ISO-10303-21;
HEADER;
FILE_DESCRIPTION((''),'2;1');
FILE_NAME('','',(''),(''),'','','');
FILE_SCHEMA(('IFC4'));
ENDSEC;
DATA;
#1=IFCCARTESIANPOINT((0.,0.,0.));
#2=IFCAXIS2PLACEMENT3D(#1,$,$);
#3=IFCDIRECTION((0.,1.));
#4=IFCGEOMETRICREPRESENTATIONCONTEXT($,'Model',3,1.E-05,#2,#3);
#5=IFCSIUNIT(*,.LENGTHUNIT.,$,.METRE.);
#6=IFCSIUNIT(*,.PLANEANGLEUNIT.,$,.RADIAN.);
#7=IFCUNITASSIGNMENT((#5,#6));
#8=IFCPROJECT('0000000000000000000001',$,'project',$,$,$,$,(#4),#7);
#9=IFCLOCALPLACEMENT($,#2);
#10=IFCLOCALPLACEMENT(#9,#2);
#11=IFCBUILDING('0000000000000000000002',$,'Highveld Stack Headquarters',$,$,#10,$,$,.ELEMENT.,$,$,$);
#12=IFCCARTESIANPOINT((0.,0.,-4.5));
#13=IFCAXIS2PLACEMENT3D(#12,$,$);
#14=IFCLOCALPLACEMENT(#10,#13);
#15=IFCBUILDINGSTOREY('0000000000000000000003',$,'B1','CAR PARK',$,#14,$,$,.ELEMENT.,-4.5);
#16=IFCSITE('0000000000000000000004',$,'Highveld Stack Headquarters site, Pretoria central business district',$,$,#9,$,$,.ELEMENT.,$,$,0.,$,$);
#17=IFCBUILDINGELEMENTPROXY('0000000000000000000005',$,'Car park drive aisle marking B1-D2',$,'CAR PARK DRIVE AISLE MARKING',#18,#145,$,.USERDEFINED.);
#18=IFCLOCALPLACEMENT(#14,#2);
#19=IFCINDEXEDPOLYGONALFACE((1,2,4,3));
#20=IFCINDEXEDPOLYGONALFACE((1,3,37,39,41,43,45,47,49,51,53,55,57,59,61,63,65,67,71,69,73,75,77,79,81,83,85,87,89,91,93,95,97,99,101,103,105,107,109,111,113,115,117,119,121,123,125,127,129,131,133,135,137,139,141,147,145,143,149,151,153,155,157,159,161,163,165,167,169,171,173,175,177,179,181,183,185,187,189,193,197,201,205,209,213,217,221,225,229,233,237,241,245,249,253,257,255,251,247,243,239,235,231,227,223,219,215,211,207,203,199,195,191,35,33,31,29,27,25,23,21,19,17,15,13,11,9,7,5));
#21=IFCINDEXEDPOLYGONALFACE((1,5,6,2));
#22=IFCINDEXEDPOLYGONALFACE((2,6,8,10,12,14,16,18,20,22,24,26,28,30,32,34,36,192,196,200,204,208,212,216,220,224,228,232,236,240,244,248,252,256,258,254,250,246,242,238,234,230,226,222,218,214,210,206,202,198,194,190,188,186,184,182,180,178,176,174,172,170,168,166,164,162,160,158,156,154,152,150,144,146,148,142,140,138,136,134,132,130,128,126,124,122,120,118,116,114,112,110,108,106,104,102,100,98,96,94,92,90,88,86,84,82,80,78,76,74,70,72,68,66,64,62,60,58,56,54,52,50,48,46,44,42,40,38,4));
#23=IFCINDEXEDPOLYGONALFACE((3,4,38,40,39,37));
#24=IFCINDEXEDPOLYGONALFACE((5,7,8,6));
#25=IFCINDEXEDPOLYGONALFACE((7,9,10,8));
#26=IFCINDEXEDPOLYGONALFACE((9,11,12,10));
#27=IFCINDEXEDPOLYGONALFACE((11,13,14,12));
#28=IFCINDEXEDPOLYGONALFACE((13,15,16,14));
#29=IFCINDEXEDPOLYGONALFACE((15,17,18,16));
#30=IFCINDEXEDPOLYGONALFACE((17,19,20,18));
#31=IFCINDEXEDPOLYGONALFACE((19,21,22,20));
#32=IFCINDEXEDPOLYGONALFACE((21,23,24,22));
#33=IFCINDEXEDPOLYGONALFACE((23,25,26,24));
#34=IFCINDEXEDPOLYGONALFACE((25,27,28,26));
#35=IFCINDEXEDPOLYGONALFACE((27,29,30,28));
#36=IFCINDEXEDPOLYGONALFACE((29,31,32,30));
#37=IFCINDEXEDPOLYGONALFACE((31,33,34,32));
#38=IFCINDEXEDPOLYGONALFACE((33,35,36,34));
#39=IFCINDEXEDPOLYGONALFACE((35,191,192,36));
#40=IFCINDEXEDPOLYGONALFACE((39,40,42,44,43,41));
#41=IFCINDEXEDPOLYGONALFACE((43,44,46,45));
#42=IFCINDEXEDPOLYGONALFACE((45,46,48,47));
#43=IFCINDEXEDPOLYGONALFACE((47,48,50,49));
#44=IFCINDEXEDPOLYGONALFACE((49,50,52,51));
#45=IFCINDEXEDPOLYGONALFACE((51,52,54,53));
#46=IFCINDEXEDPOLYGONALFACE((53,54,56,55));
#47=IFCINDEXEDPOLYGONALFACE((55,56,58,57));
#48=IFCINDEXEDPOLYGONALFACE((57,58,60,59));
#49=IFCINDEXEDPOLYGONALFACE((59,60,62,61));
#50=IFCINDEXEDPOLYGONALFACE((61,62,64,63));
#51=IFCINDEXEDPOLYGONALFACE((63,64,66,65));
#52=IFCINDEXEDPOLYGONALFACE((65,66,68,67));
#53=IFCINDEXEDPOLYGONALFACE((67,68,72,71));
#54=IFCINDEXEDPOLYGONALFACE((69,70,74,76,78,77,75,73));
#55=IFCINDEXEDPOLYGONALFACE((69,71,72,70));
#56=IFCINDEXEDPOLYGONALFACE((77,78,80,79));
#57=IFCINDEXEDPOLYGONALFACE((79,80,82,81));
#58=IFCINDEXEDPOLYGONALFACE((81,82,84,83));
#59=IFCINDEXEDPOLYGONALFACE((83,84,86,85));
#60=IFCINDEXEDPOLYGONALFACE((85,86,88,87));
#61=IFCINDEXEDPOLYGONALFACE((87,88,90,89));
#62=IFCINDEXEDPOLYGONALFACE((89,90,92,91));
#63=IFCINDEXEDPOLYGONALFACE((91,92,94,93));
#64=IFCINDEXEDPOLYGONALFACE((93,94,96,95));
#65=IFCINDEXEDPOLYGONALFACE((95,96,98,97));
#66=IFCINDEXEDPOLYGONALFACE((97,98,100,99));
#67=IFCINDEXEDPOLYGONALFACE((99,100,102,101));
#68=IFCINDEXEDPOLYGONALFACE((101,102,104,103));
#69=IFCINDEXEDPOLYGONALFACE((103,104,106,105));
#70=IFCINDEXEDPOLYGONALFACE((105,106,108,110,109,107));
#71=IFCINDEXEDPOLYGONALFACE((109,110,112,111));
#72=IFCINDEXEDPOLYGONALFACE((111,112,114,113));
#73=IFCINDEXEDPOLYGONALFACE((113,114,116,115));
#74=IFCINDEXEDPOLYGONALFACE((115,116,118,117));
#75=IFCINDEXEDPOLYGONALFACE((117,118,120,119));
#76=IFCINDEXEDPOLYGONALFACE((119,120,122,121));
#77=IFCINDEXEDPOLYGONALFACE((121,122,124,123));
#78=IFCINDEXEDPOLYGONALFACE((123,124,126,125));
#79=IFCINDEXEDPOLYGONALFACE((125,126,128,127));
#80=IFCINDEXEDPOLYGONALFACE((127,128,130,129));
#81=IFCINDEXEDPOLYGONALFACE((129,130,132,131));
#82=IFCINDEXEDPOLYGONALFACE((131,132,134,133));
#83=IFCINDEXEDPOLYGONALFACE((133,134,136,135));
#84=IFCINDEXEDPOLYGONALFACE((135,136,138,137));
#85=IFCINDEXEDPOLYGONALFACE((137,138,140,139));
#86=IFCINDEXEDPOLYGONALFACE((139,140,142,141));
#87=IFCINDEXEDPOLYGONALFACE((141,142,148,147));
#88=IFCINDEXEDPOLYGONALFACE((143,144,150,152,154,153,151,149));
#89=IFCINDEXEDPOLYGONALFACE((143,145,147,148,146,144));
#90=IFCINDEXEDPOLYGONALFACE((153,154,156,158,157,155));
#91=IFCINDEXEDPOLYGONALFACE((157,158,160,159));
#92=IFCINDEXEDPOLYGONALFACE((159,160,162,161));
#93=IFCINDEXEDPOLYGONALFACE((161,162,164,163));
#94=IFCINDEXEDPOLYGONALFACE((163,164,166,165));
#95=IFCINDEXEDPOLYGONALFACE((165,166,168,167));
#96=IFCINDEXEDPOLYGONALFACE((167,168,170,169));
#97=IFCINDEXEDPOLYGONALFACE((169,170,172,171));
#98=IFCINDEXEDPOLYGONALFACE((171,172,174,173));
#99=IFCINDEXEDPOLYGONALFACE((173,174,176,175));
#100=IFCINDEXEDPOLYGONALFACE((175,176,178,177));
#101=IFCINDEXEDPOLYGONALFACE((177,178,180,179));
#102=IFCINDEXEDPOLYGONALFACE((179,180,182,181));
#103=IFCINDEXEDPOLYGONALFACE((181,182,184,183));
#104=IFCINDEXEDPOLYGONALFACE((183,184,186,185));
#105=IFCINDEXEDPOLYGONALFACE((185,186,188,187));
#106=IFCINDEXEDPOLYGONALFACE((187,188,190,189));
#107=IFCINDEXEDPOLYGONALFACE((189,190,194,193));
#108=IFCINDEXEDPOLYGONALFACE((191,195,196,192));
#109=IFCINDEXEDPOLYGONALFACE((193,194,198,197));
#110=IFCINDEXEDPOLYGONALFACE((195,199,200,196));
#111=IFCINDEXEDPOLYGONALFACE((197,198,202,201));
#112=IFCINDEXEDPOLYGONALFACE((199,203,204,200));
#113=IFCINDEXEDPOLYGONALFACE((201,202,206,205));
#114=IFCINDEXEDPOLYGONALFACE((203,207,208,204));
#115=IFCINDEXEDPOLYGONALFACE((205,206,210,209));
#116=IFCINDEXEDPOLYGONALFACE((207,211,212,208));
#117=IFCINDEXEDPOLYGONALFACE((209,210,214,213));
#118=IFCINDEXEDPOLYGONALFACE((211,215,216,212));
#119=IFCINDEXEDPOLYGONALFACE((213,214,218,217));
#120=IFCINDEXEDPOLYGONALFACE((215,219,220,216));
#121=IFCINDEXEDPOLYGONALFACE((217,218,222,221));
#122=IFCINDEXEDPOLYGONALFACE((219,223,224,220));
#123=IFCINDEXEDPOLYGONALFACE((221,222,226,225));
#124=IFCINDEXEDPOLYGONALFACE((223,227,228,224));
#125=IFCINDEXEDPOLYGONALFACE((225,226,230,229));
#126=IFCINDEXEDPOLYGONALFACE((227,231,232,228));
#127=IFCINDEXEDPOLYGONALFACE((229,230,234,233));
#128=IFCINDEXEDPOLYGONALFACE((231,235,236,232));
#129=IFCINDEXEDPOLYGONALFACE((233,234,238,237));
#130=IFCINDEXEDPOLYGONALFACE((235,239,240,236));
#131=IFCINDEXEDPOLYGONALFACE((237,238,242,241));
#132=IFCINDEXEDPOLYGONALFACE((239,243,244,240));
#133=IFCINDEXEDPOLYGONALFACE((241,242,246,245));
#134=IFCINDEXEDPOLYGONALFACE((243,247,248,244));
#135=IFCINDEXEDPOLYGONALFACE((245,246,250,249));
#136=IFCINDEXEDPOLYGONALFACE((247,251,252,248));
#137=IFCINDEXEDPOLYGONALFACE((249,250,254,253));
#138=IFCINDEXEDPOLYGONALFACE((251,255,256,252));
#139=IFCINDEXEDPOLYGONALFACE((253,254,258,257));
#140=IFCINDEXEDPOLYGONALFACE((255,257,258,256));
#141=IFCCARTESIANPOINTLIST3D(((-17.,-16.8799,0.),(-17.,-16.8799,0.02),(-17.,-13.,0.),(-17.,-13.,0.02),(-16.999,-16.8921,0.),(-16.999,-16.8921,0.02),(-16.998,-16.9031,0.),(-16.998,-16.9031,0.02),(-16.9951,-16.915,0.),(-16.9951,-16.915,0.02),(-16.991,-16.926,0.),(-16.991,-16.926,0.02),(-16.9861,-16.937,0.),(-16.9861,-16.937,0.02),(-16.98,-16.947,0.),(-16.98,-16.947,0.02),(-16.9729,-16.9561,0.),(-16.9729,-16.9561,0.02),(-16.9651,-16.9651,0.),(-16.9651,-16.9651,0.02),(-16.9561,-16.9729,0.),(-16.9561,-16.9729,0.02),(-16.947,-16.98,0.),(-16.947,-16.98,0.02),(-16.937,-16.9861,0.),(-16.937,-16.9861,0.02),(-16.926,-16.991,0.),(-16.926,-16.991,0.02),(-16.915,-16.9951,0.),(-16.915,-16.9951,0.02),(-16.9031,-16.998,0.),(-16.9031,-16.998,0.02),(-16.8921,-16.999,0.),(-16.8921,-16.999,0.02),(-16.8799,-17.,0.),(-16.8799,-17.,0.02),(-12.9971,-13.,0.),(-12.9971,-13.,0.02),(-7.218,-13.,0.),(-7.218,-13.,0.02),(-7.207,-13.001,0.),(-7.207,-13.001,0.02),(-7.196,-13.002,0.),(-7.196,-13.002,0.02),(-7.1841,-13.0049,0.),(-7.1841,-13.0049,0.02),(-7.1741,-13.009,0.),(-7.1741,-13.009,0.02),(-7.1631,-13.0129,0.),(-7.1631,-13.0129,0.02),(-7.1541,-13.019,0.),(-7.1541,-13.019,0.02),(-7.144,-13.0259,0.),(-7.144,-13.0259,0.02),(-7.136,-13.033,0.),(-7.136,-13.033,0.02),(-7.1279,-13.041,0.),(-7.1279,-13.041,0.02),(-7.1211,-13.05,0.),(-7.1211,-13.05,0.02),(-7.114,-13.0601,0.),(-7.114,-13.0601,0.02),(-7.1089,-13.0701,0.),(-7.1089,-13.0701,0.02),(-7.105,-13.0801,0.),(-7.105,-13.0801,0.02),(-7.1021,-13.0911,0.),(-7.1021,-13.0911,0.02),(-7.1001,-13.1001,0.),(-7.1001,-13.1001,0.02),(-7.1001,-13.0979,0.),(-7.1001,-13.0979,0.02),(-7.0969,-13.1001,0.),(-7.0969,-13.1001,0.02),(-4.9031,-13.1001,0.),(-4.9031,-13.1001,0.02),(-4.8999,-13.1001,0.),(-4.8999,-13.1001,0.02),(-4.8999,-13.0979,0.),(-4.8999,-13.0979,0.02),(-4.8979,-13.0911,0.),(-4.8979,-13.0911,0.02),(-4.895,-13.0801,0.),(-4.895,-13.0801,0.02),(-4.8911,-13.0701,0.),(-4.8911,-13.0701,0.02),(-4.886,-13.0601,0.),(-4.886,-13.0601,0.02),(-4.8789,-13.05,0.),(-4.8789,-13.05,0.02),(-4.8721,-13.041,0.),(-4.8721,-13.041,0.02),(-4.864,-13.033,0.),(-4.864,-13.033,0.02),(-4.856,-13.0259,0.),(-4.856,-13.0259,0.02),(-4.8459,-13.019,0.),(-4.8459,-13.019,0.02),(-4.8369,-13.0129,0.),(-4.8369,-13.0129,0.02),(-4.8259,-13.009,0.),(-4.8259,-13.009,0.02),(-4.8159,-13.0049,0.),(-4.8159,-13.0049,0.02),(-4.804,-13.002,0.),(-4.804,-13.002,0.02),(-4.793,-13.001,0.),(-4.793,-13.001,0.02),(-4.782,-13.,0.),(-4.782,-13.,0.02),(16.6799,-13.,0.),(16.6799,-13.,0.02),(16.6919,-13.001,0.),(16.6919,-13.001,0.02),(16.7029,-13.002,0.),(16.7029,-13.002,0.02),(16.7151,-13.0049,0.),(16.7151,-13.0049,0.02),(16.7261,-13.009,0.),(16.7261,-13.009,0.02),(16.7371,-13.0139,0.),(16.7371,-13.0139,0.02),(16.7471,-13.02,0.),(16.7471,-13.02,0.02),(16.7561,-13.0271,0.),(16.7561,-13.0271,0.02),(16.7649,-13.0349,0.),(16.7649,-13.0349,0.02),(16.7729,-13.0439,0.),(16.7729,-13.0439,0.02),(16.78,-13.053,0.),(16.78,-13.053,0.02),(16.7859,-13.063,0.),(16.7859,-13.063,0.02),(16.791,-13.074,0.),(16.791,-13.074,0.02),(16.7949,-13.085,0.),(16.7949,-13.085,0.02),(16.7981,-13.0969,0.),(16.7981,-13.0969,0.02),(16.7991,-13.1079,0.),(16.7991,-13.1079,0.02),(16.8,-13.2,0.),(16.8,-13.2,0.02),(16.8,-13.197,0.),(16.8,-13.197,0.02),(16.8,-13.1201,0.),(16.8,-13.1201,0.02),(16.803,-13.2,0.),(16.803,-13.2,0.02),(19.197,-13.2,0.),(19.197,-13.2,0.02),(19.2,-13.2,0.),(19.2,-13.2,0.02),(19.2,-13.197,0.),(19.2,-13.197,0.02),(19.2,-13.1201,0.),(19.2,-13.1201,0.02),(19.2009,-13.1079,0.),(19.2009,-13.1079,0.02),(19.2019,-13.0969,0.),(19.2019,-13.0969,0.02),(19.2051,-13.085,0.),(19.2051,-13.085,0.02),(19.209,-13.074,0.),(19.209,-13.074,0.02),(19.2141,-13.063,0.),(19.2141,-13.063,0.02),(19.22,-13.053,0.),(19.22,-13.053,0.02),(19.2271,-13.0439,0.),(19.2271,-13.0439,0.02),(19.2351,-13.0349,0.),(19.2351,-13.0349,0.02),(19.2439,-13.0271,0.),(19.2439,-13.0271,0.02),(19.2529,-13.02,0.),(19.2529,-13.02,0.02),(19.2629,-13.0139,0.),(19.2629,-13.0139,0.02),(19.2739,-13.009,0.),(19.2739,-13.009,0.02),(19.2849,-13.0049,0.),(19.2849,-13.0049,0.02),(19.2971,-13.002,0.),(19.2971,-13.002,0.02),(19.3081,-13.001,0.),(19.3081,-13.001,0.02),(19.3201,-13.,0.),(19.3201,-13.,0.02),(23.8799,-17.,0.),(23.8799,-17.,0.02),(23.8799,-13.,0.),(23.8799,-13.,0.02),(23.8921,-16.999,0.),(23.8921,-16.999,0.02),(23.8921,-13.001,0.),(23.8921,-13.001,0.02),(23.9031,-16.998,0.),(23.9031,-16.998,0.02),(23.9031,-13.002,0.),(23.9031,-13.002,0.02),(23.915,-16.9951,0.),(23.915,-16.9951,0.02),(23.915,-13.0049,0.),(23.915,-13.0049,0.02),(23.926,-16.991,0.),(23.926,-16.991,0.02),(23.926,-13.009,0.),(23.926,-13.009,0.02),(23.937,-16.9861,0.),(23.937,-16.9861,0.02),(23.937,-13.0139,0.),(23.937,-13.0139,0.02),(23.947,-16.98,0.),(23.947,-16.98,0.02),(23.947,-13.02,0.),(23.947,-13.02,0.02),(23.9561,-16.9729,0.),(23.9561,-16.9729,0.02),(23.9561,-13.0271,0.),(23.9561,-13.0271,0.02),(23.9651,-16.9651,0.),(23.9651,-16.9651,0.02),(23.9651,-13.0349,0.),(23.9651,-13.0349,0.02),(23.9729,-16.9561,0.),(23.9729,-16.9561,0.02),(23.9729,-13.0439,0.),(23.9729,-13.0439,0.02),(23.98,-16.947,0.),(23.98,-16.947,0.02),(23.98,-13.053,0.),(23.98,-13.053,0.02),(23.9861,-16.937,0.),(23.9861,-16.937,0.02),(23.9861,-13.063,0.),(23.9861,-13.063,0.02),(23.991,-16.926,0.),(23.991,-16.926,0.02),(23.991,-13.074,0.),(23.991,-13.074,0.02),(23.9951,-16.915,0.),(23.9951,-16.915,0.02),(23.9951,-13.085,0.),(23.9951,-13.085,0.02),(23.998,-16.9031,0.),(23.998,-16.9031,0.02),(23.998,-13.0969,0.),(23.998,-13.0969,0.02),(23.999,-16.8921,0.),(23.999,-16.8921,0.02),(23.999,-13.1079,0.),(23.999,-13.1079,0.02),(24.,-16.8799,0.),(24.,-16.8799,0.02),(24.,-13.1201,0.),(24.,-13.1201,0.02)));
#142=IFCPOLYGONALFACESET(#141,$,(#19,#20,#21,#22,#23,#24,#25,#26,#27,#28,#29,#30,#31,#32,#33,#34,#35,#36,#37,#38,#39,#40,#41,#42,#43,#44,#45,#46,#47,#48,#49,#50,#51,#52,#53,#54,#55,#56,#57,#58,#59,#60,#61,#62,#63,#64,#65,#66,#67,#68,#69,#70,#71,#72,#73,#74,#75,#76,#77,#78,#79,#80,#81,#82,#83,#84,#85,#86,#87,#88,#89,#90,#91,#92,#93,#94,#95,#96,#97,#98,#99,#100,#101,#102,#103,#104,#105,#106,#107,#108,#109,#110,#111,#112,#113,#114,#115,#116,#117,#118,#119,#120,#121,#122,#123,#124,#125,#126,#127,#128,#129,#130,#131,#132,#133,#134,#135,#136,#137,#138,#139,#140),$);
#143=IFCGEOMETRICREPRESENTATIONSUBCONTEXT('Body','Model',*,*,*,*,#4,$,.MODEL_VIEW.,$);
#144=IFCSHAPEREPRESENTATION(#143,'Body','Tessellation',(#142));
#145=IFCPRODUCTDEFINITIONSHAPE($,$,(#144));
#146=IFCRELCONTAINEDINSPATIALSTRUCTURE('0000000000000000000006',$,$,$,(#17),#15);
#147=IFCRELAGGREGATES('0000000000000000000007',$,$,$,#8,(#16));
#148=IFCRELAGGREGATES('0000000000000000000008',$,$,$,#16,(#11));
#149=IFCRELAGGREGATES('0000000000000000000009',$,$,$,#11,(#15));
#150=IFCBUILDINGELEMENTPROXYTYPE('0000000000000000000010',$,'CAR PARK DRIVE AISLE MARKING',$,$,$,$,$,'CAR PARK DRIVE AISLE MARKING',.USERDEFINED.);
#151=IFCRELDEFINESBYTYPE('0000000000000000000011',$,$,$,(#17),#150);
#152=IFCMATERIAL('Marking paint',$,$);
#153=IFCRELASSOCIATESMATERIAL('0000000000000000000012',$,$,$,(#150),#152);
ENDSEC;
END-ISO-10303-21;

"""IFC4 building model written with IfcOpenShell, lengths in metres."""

from ifc_helpers import new_model, si_unit, direction, frame, origin, place, context, subcontext, project, spatial, polyline, outline, extrude, material, type_object, element, save


model = new_model("IFC4")

# Units and contexts
model_context = context("Model", 3, precision=1e-05, world=origin(), true_north=direction((0.0, 1.0)))
body_context = subcontext(model_context, "Body", "Model", "MODEL_VIEW")
ifc_project = project(units=[si_unit("LENGTHUNIT", "METRE"), si_unit("PLANEANGLEUNIT", "RADIAN")], contexts=[model_context])

# Site, building, storey
site_placement = place(None, origin())
site = spatial("IfcSite", under=ifc_project, at=site_placement, Name="Highveld Stack Headquarters site, Pretoria central business district", CompositionType="ELEMENT", RefElevation=0.0)
building_placement = place(site_placement, origin())
building = spatial("IfcBuilding", under=site, at=building_placement, Name="Highveld Stack Headquarters", CompositionType="ELEMENT")
storey_placement = place(building_placement, frame((0.0, 0.0, -4.5)))
storey = spatial("IfcBuildingStorey", under=building, at=storey_placement, Name="B1", Description="CAR PARK", CompositionType="ELEMENT", Elevation=-4.5)

# Building element proxy
ifc_material_1 = material(Name="Marking paint")
building_element_proxy_type_1 = type_object("IfcBuildingElementProxyType", Name="CAR PARK DRIVE AISLE MARKING", ElementType="CAR PARK DRIVE AISLE MARKING", PredefinedType="USERDEFINED", material=ifc_material_1)
proxy_1_placement = place(storey_placement, origin())
element("IfcBuildingElementProxy", 1, at=proxy_1_placement, inside=storey, type_object=building_element_proxy_type_1, Name="Car park drive aisle marking B1-D2", ObjectType="CAR PARK DRIVE AISLE MARKING", PredefinedType="USERDEFINED", context=body_context, shape_type="SweptSolid", body=[
    extrude(outline(polyline([(-7.218, -13.0), (-7.207, -13.001), (-7.196, -13.002), (-7.1841, -13.0049), (-7.1741, -13.009), (-7.1631, -13.0129), (-7.1541, -13.019), (-7.144, -13.0259), (-7.136, -13.033), (-7.1279, -13.041), (-7.1211, -13.05), (-7.114, -13.0601), (-7.1089, -13.0701), (-7.105, -13.0801), (-7.1021, -13.0911), (-7.1001, -13.0979), (-7.1001, -13.1001), (-7.0969, -13.1001), (-4.9031, -13.1001), (-4.8999, -13.1001), (-4.8999, -13.0979), (-4.8979, -13.0911), (-4.895, -13.0801), (-4.8911, -13.0701), (-4.886, -13.0601), (-4.8789, -13.05), (-4.8721, -13.041), (-4.864, -13.033), (-4.856, -13.0259), (-4.8459, -13.019), (-4.8369, -13.0129), (-4.8259, -13.009), (-4.8159, -13.0049), (-4.804, -13.002), (-4.793, -13.001), (-4.782, -13.0), (16.6799, -13.0), (16.6919, -13.001), (16.7029, -13.002), (16.7151, -13.0049), (16.7261, -13.009), (16.7371, -13.0139), (16.7471, -13.02), (16.7561, -13.0271), (16.7649, -13.0349), (16.7729, -13.0439), (16.78, -13.053), (16.7859, -13.063), (16.791, -13.074), (16.7949, -13.085), (16.7981, -13.0969), (16.7991, -13.1079), (16.8, -13.1201), (16.8, -13.197), (16.8, -13.2), (16.803, -13.2), (19.197, -13.2), (19.2, -13.2), (19.2, -13.197), (19.2, -13.1201), (19.2009, -13.1079), (19.2019, -13.0969), (19.2051, -13.085), (19.209, -13.074), (19.2141, -13.063), (19.22, -13.053), (19.2271, -13.0439), (19.2351, -13.0349), (19.2439, -13.0271), (19.2529, -13.02), (19.2629, -13.0139), (19.2739, -13.009), (19.2849, -13.0049), (19.2971, -13.002), (19.3081, -13.001), (19.3201, -13.0), (23.8799, -13.0), (23.8921, -13.001), (23.9031, -13.002), (23.915, -13.0049), (23.926, -13.009), (23.937, -13.0139), (23.947, -13.02), (23.9561, -13.0271), (23.9651, -13.0349), (23.9729, -13.0439), (23.98, -13.053), (23.9861, -13.063), (23.991, -13.074), (23.9951, -13.085), (23.998, -13.0969), (23.999, -13.1079), (24.0, -13.1201), (24.0, -16.8799), (23.999, -16.8921), (23.998, -16.9031), (23.9951, -16.915), (23.991, -16.926), (23.9861, -16.937), (23.98, -16.947), (23.9729, -16.9561), (23.9651, -16.9651), (23.9561, -16.9729), (23.947, -16.98), (23.937, -16.9861), (23.926, -16.991), (23.915, -16.9951), (23.9031, -16.998), (23.8921, -16.999), (23.8799, -17.0), (-16.8799, -17.0), (-16.8921, -16.999), (-16.9031, -16.998), (-16.915, -16.9951), (-16.926, -16.991), (-16.937, -16.9861), (-16.947, -16.98), (-16.9561, -16.9729), (-16.9651, -16.9651), (-16.9729, -16.9561), (-16.98, -16.947), (-16.9861, -16.937), (-16.991, -16.926), (-16.9951, -16.915), (-16.998, -16.9031), (-16.999, -16.8921), (-17.0, -16.8799), (-17.0, -13.0), (-12.9971, -13.0), (-7.218, -13.0)])), origin(), (0.0, 0.0, 1.0), 0.02),
])

save(model, "model.ifc")
